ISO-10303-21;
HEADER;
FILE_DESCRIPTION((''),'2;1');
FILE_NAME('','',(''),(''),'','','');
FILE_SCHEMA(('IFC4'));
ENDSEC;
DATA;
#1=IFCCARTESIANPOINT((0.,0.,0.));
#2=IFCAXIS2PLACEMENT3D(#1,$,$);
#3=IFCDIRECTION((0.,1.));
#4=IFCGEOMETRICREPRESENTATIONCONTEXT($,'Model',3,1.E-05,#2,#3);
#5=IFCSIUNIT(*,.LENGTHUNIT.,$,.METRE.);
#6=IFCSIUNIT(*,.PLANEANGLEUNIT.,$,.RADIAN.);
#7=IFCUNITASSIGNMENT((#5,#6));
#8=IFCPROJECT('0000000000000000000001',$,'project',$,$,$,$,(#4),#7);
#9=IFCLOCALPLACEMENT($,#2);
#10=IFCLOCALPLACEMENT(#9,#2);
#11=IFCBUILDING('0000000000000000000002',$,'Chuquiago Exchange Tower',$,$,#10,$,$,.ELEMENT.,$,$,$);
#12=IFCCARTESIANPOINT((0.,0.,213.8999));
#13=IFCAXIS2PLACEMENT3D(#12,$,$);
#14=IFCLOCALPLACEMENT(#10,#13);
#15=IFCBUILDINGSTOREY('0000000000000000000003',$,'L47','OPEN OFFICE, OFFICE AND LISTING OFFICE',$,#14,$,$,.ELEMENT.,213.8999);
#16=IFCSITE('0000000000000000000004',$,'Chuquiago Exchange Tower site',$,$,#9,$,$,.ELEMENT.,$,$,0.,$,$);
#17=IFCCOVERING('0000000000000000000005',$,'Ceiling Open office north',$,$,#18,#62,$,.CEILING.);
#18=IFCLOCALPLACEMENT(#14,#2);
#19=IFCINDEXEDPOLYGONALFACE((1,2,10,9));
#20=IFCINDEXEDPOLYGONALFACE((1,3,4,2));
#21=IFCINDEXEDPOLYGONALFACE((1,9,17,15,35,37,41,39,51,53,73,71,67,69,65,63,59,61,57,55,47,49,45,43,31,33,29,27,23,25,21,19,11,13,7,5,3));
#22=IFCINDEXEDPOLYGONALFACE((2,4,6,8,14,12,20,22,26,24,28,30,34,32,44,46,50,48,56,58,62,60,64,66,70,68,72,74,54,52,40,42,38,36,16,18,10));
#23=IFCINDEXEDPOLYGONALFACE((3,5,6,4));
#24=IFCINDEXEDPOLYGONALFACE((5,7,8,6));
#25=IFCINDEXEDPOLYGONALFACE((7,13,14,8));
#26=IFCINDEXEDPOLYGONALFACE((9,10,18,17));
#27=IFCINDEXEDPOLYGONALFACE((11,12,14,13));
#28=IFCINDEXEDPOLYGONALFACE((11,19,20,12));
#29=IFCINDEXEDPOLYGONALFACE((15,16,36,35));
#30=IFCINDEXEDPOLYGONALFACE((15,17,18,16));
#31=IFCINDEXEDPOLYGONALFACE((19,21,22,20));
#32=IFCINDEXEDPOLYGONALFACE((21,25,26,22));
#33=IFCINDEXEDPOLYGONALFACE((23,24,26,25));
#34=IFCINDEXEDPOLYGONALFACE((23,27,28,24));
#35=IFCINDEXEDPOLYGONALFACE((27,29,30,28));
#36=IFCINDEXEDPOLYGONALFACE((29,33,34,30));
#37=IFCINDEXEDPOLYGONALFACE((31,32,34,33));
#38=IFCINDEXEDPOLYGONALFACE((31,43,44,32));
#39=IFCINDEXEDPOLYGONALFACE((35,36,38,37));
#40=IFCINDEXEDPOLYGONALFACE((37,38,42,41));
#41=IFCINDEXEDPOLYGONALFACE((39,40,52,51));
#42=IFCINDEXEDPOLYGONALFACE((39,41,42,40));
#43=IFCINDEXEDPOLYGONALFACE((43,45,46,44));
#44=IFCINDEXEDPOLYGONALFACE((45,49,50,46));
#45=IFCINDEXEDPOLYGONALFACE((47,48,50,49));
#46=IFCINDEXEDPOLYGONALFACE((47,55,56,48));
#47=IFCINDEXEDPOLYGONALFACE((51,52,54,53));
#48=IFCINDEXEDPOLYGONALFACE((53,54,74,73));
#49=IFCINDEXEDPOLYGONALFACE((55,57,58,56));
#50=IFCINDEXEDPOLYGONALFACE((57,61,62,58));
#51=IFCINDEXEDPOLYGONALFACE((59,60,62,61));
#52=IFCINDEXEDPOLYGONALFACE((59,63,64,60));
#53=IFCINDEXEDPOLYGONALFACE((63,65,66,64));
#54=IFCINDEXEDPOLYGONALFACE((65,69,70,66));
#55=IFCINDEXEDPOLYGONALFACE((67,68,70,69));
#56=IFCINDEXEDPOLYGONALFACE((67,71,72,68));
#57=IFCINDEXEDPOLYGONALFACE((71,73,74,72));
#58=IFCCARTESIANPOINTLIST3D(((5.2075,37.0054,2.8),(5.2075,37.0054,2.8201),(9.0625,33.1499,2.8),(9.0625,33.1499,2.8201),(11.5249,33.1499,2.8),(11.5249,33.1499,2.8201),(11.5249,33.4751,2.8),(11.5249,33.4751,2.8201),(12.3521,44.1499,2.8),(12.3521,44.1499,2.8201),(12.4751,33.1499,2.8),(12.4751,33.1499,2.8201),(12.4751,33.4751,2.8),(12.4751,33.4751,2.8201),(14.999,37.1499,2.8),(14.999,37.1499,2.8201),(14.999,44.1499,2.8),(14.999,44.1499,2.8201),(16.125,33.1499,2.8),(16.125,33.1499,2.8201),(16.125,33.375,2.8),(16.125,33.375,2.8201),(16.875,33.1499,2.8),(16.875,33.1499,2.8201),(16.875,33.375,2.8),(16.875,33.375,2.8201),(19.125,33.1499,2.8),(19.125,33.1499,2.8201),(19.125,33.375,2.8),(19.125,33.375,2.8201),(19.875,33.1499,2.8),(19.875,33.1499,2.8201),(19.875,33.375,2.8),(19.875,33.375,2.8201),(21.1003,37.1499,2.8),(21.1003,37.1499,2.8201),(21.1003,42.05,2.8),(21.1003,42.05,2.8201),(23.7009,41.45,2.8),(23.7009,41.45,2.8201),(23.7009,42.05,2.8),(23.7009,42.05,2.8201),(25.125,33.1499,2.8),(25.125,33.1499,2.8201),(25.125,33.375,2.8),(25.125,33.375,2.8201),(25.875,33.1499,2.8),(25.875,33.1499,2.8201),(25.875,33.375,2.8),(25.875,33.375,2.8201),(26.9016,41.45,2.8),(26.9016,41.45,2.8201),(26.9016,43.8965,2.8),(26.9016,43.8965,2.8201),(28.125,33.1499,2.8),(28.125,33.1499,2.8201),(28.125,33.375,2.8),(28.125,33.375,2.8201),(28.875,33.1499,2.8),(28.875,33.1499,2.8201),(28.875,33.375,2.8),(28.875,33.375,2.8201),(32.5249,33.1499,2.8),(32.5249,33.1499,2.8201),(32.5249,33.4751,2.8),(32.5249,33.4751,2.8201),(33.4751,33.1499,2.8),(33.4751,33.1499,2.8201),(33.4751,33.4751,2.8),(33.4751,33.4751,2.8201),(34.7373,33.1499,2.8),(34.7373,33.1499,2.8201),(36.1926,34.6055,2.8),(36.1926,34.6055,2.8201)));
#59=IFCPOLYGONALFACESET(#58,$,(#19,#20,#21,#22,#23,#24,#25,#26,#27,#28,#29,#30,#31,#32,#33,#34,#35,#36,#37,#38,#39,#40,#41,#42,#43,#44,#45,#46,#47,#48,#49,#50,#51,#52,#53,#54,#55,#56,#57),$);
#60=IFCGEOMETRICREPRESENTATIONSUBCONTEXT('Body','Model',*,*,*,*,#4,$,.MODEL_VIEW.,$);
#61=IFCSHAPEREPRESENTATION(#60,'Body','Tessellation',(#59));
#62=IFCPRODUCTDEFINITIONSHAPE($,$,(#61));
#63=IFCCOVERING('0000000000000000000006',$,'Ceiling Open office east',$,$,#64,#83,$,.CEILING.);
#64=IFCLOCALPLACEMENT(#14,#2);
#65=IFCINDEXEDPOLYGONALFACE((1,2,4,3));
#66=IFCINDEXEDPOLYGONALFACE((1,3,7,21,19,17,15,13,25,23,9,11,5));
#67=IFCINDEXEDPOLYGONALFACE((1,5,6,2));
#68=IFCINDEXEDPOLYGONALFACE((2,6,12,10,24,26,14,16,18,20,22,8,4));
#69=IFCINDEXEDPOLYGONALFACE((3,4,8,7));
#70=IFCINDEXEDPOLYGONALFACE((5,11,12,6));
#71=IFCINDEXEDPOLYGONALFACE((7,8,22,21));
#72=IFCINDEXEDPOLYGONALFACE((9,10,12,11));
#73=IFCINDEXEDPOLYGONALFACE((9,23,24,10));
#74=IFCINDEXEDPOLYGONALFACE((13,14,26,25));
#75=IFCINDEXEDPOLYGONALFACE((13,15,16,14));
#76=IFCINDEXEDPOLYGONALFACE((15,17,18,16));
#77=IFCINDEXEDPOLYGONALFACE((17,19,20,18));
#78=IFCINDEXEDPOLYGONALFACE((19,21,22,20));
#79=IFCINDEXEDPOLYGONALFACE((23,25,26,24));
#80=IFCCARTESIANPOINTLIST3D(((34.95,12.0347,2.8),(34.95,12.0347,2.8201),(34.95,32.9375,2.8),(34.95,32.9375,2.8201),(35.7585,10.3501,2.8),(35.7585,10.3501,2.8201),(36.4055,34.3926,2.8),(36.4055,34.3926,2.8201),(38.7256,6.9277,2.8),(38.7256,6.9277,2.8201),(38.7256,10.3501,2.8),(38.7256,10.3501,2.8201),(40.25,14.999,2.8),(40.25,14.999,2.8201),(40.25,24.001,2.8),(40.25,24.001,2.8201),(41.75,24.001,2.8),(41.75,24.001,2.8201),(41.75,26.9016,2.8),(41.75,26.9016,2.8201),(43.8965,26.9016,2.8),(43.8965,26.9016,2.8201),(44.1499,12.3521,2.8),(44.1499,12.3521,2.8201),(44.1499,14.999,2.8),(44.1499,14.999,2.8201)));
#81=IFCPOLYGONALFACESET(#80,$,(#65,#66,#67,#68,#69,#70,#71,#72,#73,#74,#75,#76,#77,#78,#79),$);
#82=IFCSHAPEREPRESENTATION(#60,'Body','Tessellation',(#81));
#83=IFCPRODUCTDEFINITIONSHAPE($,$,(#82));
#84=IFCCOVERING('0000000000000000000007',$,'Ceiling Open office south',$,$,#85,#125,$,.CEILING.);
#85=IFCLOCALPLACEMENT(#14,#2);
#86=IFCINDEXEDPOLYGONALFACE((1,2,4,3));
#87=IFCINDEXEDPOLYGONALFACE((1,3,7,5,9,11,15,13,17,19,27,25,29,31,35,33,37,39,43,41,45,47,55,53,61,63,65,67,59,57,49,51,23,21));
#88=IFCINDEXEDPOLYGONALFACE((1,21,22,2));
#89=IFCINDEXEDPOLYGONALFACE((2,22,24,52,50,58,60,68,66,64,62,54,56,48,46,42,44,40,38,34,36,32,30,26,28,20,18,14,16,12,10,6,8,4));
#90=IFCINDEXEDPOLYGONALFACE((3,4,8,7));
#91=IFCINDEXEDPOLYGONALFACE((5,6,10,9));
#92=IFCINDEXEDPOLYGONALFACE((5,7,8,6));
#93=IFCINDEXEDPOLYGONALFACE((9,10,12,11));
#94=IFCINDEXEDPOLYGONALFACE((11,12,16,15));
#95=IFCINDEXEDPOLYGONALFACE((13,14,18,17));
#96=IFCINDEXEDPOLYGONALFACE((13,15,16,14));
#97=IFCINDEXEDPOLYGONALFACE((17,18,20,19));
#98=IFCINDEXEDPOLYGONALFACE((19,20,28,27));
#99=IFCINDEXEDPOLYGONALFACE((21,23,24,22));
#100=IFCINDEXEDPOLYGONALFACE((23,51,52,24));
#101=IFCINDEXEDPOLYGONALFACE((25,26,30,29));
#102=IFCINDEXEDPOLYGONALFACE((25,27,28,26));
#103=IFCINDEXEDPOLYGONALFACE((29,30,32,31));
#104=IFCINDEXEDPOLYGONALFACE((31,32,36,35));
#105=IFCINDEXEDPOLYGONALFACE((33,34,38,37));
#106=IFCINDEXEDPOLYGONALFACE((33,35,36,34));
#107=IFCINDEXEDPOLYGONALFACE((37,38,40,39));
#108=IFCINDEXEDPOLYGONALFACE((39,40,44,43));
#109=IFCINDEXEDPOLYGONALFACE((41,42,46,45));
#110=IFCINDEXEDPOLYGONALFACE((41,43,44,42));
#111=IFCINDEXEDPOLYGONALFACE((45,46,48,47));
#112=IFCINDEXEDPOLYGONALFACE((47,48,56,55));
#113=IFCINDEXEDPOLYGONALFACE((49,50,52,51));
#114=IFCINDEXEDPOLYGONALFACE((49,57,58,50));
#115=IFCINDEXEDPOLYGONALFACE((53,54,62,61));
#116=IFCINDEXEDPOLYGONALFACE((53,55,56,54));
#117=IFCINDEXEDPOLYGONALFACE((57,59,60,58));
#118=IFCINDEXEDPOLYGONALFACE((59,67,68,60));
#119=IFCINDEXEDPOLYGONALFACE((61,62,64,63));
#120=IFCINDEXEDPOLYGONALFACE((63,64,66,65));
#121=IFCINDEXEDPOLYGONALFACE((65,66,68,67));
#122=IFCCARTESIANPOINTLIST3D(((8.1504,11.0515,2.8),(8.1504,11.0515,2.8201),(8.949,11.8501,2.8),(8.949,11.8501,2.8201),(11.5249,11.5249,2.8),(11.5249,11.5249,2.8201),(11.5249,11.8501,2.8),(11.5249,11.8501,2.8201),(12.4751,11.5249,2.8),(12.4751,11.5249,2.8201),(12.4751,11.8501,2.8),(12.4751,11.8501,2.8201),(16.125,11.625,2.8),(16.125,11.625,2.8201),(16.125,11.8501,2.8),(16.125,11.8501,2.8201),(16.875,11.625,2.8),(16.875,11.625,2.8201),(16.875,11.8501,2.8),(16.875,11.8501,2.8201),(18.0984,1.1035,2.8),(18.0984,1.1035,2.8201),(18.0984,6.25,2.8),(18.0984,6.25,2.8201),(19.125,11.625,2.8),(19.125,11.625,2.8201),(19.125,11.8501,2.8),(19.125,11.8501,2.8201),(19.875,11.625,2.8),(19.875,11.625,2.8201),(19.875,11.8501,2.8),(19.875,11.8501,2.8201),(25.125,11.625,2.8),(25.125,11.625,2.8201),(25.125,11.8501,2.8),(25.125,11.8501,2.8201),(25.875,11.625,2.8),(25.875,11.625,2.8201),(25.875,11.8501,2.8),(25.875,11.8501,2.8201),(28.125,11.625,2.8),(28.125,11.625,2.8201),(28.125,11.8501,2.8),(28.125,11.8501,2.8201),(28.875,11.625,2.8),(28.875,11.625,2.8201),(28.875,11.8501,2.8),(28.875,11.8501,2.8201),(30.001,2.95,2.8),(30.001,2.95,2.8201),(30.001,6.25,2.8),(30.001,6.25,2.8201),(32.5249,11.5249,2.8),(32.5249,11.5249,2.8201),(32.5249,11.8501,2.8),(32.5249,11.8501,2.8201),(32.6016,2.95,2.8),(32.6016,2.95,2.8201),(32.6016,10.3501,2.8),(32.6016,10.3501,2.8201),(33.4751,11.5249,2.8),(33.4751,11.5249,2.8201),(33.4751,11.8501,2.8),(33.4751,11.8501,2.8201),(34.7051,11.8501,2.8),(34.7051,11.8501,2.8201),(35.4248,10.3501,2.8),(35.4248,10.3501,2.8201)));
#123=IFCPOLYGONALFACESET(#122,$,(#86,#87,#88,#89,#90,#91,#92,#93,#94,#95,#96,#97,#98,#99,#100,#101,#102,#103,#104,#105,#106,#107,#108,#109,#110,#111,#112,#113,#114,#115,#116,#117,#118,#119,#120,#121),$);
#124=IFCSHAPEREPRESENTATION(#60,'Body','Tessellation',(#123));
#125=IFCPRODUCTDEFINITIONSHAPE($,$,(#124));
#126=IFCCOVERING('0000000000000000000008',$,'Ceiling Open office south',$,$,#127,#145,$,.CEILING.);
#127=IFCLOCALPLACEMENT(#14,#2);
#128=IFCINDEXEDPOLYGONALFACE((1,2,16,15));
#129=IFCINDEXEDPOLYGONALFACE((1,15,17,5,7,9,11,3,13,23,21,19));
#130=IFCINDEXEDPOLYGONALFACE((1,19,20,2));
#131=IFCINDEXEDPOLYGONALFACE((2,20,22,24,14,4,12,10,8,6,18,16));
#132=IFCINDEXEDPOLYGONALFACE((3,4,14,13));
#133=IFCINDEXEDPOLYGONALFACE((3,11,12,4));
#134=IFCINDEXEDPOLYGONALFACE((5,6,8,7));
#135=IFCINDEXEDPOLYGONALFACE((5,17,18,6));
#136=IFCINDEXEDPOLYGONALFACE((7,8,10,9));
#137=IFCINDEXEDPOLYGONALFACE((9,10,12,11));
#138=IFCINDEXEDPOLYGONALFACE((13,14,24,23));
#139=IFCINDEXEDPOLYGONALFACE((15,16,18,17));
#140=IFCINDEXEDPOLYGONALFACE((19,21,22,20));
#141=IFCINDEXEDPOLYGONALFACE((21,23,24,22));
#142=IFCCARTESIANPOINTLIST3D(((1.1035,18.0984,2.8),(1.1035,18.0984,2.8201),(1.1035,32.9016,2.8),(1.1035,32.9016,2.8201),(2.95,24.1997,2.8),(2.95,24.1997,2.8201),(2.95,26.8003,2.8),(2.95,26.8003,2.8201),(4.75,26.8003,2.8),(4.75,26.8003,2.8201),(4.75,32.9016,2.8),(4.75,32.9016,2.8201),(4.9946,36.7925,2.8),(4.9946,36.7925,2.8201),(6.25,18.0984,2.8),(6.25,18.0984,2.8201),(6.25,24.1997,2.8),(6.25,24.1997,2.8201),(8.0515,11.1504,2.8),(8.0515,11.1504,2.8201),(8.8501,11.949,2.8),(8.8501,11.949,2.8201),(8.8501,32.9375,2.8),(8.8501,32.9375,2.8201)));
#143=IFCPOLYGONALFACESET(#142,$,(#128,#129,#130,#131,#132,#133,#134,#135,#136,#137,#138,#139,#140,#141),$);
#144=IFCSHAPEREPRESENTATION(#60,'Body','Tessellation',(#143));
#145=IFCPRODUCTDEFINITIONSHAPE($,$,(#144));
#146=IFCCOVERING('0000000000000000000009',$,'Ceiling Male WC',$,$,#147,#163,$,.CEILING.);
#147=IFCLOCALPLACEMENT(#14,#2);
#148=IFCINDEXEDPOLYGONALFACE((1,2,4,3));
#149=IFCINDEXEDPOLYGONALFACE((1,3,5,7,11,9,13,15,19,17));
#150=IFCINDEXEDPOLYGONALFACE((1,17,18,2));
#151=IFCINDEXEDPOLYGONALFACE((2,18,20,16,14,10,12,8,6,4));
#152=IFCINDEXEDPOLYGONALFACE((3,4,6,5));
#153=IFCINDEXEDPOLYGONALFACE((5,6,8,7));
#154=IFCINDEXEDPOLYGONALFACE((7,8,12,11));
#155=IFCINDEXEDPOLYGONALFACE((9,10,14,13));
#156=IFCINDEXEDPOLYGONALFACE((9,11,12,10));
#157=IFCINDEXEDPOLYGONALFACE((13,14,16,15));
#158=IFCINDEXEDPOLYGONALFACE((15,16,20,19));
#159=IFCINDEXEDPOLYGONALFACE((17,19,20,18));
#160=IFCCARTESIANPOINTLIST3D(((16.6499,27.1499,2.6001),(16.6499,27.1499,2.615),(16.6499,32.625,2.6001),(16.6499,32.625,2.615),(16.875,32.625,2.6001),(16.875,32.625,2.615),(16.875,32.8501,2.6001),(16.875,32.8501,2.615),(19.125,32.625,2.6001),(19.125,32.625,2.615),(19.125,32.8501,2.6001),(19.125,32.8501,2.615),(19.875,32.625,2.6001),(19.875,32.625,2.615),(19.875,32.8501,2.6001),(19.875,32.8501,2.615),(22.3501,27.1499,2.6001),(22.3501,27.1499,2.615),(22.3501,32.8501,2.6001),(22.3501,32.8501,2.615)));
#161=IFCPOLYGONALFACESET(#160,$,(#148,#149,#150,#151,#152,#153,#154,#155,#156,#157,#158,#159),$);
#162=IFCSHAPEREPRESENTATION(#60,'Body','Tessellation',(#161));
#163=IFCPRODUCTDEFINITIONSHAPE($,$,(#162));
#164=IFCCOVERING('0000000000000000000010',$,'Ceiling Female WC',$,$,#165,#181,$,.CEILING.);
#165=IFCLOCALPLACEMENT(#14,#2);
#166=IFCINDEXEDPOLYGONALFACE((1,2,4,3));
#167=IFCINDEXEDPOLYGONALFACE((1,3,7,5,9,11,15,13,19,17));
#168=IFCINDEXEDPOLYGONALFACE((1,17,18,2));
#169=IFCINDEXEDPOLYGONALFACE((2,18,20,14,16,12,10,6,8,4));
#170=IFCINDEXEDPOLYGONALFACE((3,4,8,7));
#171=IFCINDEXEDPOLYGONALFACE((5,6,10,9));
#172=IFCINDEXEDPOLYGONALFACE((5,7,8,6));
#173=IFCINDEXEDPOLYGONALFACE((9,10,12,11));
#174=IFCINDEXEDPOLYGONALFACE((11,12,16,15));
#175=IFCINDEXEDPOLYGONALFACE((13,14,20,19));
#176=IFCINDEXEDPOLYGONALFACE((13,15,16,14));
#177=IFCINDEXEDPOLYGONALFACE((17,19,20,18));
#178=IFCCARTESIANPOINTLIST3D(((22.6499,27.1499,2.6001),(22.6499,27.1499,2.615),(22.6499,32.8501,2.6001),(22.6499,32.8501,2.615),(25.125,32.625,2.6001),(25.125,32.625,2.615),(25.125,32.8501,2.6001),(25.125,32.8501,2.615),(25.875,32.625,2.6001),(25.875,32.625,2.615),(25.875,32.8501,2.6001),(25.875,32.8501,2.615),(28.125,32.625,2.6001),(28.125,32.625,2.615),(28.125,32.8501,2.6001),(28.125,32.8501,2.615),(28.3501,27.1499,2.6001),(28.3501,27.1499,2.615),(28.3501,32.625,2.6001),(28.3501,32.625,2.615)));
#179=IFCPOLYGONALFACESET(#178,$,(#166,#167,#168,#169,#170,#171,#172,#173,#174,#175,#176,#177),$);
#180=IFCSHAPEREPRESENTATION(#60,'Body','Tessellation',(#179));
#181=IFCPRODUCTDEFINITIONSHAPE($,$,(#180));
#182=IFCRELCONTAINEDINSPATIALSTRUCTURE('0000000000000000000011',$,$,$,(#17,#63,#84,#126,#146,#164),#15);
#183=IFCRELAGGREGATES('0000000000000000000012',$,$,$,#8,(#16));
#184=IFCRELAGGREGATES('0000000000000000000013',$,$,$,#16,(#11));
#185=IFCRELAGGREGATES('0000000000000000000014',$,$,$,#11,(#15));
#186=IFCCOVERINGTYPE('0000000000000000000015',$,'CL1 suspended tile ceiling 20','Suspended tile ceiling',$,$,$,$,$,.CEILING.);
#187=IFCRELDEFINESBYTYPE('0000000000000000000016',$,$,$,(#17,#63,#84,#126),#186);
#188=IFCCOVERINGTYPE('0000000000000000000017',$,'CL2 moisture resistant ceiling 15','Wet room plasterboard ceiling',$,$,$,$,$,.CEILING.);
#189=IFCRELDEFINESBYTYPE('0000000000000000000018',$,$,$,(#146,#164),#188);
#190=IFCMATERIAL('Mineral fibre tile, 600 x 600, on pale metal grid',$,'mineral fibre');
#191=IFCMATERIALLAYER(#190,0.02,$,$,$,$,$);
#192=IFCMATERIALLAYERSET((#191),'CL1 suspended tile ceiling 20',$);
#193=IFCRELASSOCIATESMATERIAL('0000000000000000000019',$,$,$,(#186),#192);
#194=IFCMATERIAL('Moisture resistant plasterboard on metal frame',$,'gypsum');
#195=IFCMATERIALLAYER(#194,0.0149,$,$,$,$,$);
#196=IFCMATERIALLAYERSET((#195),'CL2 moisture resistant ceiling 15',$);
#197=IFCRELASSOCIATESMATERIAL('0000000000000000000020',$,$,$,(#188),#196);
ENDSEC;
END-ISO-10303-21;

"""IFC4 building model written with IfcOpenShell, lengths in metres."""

from ifc_helpers import new_model, si_unit, direction, frame, origin, place, context, subcontext, project, spatial, polyline, outline, extrude, material, layer, layer_set, type_object, element, save


model = new_model("IFC4")

# Units and contexts
model_context = context("Model", 3, precision=1e-05, world=origin(), true_north=direction((0.0, 1.0)))
body_context = subcontext(model_context, "Body", "Model", "MODEL_VIEW")
ifc_project = project(units=[si_unit("LENGTHUNIT", "METRE"), si_unit("PLANEANGLEUNIT", "RADIAN")], contexts=[model_context])

# Site, building, storey
site_placement = place(None, origin())
site = spatial("IfcSite", under=ifc_project, at=site_placement, Name="Chuquiago Exchange Tower site", CompositionType="ELEMENT", RefElevation=0.0)
building_placement = place(site_placement, origin())
building = spatial("IfcBuilding", under=site, at=building_placement, Name="Chuquiago Exchange Tower", CompositionType="ELEMENT")
storey_placement = place(building_placement, frame((0.0, 0.0, 213.8999)))
storey = spatial("IfcBuildingStorey", under=building, at=storey_placement, Name="L47", Description="OPEN OFFICE, OFFICE AND LISTING OFFICE", CompositionType="ELEMENT", Elevation=213.8999)

# Coverings
ifc_material_1 = material(Name="Mineral fibre tile, 600 x 600, on pale metal grid", Category="mineral fibre")
ifc_layer_1 = layer(ifc_material_1, 0.02)
ifc_layer_set_1 = layer_set([ifc_layer_1], Name="CL1 suspended tile ceiling 20")
covering_type_1 = type_object("IfcCoveringType", Name="CL1 suspended tile ceiling 20", Description="Suspended tile ceiling", PredefinedType="CEILING", material=ifc_layer_set_1)
covering_1_placement = place(storey_placement, frame((0.0, 0.0, 2.8)))
element("IfcCovering", 1, at=covering_1_placement, inside=storey, type_object=covering_type_1, Name="Ceiling Open office north", PredefinedType="CEILING", context=body_context, shape_type="SweptSolid", body=[
    extrude(outline(polyline([(21.1003, 37.1499), (21.1003, 42.05), (23.7009, 42.05), (23.7009, 41.45), (26.9016, 41.45), (26.9016, 43.8965), (36.1926, 34.6055), (34.7373, 33.1499), (33.4751, 33.1499), (33.4751, 33.4751), (32.5249, 33.4751), (32.5249, 33.1499), (28.875, 33.1499), (28.875, 33.375), (28.125, 33.375), (28.125, 33.1499), (25.875, 33.1499), (25.875, 33.375), (25.125, 33.375), (25.125, 33.1499), (19.875, 33.1499), (19.875, 33.375), (19.125, 33.375), (19.125, 33.1499), (16.875, 33.1499), (16.875, 33.375), (16.125, 33.375), (16.125, 33.1499), (12.4751, 33.1499), (12.4751, 33.4751), (11.5249, 33.4751), (11.5249, 33.1499), (9.0625, 33.1499), (5.2075, 37.0054), (12.3521, 44.1499), (14.999, 44.1499), (14.999, 37.1499), (21.1003, 37.1499)])), origin(), (0.0, 0.0, 1.0), 0.02),
])
covering_2_placement = place(storey_placement, frame((0.0, 0.0, 2.8)))
element("IfcCovering", 2, at=covering_2_placement, inside=storey, type_object=covering_type_1, Name="Ceiling Open office east", PredefinedType="CEILING", context=body_context, shape_type="SweptSolid", body=[
    extrude(outline(polyline([(41.75, 26.9016), (41.75, 24.001), (40.25, 24.001), (40.25, 14.999), (44.1499, 14.999), (44.1499, 12.3521), (38.7256, 6.9277), (38.7256, 10.3501), (35.7585, 10.3501), (34.95, 12.0347), (34.95, 32.9375), (36.4055, 34.3926), (43.8965, 26.9016), (41.75, 26.9016)])), origin(), (0.0, 0.0, 1.0), 0.02),
])
covering_3_placement = place(storey_placement, frame((0.0, 0.0, 2.8)))
element("IfcCovering", 3, at=covering_3_placement, inside=storey, type_object=covering_type_1, Name="Ceiling Open office south", PredefinedType="CEILING", context=body_context, shape_type="SweptSolid", body=[
    extrude(outline(polyline([(32.6016, 2.95), (30.001, 2.95), (30.001, 6.25), (18.0984, 6.25), (18.0984, 1.1035), (8.1504, 11.0515), (8.949, 11.8501), (11.5249, 11.8501), (11.5249, 11.5249), (12.4751, 11.5249), (12.4751, 11.8501), (16.125, 11.8501), (16.125, 11.625), (16.875, 11.625), (16.875, 11.8501), (19.125, 11.8501), (19.125, 11.625), (19.875, 11.625), (19.875, 11.8501), (25.125, 11.8501), (25.125, 11.625), (25.875, 11.625), (25.875, 11.8501), (28.125, 11.8501), (28.125, 11.625), (28.875, 11.625), (28.875, 11.8501), (32.5249, 11.8501), (32.5249, 11.5249), (33.4751, 11.5249), (33.4751, 11.8501), (34.7051, 11.8501), (35.4248, 10.3501), (32.6016, 10.3501), (32.6016, 2.95)])), origin(), (0.0, 0.0, 1.0), 0.02),
])
covering_4_placement = place(storey_placement, frame((0.0, 0.0, 2.8)))
element("IfcCovering", 4, at=covering_4_placement, inside=storey, type_object=covering_type_1, Name="Ceiling Open office south", PredefinedType="CEILING", context=body_context, shape_type="SweptSolid", body=[
    extrude(outline(polyline([(1.1035, 18.0984), (6.25, 18.0984), (6.25, 24.1997), (2.95, 24.1997), (2.95, 26.8003), (4.75, 26.8003), (4.75, 32.9016), (1.1035, 32.9016), (4.9946, 36.7925), (8.8501, 32.9375), (8.8501, 11.949), (8.0515, 11.1504), (1.1035, 18.0984)])), origin(), (0.0, 0.0, 1.0), 0.02),
])
ifc_material_2 = material(Name="Moisture resistant plasterboard on metal frame", Category="gypsum")
ifc_layer_2 = layer(ifc_material_2, 0.0149)
ifc_layer_set_2 = layer_set([ifc_layer_2], Name="CL2 moisture resistant ceiling 15")
covering_type_2 = type_object("IfcCoveringType", Name="CL2 moisture resistant ceiling 15", Description="Wet room plasterboard ceiling", PredefinedType="CEILING", material=ifc_layer_set_2)
covering_5_placement = place(storey_placement, frame((0.0, 0.0, 2.6001)))
element("IfcCovering", 5, at=covering_5_placement, inside=storey, type_object=covering_type_2, Name="Ceiling Male WC", PredefinedType="CEILING", context=body_context, shape_type="SweptSolid", body=[
    extrude(outline(polyline([(16.6499, 27.1499), (16.6499, 32.625), (16.875, 32.625), (16.875, 32.8501), (19.125, 32.8501), (19.125, 32.625), (19.875, 32.625), (19.875, 32.8501), (22.3501, 32.8501), (22.3501, 27.1499), (16.6499, 27.1499)])), origin(), (0.0, 0.0, 1.0), 0.0149),
])
covering_6_placement = place(storey_placement, frame((0.0, 0.0, 2.6001)))
element("IfcCovering", 6, at=covering_6_placement, inside=storey, type_object=covering_type_2, Name="Ceiling Female WC", PredefinedType="CEILING", context=body_context, shape_type="SweptSolid", body=[
    extrude(outline(polyline([(22.6499, 27.1499), (22.6499, 32.8501), (25.125, 32.8501), (25.125, 32.625), (25.875, 32.625), (25.875, 32.8501), (28.125, 32.8501), (28.125, 32.625), (28.3501, 32.625), (28.3501, 27.1499), (22.6499, 27.1499)])), origin(), (0.0, 0.0, 1.0), 0.0149),
])

save(model, "model.ifc")
